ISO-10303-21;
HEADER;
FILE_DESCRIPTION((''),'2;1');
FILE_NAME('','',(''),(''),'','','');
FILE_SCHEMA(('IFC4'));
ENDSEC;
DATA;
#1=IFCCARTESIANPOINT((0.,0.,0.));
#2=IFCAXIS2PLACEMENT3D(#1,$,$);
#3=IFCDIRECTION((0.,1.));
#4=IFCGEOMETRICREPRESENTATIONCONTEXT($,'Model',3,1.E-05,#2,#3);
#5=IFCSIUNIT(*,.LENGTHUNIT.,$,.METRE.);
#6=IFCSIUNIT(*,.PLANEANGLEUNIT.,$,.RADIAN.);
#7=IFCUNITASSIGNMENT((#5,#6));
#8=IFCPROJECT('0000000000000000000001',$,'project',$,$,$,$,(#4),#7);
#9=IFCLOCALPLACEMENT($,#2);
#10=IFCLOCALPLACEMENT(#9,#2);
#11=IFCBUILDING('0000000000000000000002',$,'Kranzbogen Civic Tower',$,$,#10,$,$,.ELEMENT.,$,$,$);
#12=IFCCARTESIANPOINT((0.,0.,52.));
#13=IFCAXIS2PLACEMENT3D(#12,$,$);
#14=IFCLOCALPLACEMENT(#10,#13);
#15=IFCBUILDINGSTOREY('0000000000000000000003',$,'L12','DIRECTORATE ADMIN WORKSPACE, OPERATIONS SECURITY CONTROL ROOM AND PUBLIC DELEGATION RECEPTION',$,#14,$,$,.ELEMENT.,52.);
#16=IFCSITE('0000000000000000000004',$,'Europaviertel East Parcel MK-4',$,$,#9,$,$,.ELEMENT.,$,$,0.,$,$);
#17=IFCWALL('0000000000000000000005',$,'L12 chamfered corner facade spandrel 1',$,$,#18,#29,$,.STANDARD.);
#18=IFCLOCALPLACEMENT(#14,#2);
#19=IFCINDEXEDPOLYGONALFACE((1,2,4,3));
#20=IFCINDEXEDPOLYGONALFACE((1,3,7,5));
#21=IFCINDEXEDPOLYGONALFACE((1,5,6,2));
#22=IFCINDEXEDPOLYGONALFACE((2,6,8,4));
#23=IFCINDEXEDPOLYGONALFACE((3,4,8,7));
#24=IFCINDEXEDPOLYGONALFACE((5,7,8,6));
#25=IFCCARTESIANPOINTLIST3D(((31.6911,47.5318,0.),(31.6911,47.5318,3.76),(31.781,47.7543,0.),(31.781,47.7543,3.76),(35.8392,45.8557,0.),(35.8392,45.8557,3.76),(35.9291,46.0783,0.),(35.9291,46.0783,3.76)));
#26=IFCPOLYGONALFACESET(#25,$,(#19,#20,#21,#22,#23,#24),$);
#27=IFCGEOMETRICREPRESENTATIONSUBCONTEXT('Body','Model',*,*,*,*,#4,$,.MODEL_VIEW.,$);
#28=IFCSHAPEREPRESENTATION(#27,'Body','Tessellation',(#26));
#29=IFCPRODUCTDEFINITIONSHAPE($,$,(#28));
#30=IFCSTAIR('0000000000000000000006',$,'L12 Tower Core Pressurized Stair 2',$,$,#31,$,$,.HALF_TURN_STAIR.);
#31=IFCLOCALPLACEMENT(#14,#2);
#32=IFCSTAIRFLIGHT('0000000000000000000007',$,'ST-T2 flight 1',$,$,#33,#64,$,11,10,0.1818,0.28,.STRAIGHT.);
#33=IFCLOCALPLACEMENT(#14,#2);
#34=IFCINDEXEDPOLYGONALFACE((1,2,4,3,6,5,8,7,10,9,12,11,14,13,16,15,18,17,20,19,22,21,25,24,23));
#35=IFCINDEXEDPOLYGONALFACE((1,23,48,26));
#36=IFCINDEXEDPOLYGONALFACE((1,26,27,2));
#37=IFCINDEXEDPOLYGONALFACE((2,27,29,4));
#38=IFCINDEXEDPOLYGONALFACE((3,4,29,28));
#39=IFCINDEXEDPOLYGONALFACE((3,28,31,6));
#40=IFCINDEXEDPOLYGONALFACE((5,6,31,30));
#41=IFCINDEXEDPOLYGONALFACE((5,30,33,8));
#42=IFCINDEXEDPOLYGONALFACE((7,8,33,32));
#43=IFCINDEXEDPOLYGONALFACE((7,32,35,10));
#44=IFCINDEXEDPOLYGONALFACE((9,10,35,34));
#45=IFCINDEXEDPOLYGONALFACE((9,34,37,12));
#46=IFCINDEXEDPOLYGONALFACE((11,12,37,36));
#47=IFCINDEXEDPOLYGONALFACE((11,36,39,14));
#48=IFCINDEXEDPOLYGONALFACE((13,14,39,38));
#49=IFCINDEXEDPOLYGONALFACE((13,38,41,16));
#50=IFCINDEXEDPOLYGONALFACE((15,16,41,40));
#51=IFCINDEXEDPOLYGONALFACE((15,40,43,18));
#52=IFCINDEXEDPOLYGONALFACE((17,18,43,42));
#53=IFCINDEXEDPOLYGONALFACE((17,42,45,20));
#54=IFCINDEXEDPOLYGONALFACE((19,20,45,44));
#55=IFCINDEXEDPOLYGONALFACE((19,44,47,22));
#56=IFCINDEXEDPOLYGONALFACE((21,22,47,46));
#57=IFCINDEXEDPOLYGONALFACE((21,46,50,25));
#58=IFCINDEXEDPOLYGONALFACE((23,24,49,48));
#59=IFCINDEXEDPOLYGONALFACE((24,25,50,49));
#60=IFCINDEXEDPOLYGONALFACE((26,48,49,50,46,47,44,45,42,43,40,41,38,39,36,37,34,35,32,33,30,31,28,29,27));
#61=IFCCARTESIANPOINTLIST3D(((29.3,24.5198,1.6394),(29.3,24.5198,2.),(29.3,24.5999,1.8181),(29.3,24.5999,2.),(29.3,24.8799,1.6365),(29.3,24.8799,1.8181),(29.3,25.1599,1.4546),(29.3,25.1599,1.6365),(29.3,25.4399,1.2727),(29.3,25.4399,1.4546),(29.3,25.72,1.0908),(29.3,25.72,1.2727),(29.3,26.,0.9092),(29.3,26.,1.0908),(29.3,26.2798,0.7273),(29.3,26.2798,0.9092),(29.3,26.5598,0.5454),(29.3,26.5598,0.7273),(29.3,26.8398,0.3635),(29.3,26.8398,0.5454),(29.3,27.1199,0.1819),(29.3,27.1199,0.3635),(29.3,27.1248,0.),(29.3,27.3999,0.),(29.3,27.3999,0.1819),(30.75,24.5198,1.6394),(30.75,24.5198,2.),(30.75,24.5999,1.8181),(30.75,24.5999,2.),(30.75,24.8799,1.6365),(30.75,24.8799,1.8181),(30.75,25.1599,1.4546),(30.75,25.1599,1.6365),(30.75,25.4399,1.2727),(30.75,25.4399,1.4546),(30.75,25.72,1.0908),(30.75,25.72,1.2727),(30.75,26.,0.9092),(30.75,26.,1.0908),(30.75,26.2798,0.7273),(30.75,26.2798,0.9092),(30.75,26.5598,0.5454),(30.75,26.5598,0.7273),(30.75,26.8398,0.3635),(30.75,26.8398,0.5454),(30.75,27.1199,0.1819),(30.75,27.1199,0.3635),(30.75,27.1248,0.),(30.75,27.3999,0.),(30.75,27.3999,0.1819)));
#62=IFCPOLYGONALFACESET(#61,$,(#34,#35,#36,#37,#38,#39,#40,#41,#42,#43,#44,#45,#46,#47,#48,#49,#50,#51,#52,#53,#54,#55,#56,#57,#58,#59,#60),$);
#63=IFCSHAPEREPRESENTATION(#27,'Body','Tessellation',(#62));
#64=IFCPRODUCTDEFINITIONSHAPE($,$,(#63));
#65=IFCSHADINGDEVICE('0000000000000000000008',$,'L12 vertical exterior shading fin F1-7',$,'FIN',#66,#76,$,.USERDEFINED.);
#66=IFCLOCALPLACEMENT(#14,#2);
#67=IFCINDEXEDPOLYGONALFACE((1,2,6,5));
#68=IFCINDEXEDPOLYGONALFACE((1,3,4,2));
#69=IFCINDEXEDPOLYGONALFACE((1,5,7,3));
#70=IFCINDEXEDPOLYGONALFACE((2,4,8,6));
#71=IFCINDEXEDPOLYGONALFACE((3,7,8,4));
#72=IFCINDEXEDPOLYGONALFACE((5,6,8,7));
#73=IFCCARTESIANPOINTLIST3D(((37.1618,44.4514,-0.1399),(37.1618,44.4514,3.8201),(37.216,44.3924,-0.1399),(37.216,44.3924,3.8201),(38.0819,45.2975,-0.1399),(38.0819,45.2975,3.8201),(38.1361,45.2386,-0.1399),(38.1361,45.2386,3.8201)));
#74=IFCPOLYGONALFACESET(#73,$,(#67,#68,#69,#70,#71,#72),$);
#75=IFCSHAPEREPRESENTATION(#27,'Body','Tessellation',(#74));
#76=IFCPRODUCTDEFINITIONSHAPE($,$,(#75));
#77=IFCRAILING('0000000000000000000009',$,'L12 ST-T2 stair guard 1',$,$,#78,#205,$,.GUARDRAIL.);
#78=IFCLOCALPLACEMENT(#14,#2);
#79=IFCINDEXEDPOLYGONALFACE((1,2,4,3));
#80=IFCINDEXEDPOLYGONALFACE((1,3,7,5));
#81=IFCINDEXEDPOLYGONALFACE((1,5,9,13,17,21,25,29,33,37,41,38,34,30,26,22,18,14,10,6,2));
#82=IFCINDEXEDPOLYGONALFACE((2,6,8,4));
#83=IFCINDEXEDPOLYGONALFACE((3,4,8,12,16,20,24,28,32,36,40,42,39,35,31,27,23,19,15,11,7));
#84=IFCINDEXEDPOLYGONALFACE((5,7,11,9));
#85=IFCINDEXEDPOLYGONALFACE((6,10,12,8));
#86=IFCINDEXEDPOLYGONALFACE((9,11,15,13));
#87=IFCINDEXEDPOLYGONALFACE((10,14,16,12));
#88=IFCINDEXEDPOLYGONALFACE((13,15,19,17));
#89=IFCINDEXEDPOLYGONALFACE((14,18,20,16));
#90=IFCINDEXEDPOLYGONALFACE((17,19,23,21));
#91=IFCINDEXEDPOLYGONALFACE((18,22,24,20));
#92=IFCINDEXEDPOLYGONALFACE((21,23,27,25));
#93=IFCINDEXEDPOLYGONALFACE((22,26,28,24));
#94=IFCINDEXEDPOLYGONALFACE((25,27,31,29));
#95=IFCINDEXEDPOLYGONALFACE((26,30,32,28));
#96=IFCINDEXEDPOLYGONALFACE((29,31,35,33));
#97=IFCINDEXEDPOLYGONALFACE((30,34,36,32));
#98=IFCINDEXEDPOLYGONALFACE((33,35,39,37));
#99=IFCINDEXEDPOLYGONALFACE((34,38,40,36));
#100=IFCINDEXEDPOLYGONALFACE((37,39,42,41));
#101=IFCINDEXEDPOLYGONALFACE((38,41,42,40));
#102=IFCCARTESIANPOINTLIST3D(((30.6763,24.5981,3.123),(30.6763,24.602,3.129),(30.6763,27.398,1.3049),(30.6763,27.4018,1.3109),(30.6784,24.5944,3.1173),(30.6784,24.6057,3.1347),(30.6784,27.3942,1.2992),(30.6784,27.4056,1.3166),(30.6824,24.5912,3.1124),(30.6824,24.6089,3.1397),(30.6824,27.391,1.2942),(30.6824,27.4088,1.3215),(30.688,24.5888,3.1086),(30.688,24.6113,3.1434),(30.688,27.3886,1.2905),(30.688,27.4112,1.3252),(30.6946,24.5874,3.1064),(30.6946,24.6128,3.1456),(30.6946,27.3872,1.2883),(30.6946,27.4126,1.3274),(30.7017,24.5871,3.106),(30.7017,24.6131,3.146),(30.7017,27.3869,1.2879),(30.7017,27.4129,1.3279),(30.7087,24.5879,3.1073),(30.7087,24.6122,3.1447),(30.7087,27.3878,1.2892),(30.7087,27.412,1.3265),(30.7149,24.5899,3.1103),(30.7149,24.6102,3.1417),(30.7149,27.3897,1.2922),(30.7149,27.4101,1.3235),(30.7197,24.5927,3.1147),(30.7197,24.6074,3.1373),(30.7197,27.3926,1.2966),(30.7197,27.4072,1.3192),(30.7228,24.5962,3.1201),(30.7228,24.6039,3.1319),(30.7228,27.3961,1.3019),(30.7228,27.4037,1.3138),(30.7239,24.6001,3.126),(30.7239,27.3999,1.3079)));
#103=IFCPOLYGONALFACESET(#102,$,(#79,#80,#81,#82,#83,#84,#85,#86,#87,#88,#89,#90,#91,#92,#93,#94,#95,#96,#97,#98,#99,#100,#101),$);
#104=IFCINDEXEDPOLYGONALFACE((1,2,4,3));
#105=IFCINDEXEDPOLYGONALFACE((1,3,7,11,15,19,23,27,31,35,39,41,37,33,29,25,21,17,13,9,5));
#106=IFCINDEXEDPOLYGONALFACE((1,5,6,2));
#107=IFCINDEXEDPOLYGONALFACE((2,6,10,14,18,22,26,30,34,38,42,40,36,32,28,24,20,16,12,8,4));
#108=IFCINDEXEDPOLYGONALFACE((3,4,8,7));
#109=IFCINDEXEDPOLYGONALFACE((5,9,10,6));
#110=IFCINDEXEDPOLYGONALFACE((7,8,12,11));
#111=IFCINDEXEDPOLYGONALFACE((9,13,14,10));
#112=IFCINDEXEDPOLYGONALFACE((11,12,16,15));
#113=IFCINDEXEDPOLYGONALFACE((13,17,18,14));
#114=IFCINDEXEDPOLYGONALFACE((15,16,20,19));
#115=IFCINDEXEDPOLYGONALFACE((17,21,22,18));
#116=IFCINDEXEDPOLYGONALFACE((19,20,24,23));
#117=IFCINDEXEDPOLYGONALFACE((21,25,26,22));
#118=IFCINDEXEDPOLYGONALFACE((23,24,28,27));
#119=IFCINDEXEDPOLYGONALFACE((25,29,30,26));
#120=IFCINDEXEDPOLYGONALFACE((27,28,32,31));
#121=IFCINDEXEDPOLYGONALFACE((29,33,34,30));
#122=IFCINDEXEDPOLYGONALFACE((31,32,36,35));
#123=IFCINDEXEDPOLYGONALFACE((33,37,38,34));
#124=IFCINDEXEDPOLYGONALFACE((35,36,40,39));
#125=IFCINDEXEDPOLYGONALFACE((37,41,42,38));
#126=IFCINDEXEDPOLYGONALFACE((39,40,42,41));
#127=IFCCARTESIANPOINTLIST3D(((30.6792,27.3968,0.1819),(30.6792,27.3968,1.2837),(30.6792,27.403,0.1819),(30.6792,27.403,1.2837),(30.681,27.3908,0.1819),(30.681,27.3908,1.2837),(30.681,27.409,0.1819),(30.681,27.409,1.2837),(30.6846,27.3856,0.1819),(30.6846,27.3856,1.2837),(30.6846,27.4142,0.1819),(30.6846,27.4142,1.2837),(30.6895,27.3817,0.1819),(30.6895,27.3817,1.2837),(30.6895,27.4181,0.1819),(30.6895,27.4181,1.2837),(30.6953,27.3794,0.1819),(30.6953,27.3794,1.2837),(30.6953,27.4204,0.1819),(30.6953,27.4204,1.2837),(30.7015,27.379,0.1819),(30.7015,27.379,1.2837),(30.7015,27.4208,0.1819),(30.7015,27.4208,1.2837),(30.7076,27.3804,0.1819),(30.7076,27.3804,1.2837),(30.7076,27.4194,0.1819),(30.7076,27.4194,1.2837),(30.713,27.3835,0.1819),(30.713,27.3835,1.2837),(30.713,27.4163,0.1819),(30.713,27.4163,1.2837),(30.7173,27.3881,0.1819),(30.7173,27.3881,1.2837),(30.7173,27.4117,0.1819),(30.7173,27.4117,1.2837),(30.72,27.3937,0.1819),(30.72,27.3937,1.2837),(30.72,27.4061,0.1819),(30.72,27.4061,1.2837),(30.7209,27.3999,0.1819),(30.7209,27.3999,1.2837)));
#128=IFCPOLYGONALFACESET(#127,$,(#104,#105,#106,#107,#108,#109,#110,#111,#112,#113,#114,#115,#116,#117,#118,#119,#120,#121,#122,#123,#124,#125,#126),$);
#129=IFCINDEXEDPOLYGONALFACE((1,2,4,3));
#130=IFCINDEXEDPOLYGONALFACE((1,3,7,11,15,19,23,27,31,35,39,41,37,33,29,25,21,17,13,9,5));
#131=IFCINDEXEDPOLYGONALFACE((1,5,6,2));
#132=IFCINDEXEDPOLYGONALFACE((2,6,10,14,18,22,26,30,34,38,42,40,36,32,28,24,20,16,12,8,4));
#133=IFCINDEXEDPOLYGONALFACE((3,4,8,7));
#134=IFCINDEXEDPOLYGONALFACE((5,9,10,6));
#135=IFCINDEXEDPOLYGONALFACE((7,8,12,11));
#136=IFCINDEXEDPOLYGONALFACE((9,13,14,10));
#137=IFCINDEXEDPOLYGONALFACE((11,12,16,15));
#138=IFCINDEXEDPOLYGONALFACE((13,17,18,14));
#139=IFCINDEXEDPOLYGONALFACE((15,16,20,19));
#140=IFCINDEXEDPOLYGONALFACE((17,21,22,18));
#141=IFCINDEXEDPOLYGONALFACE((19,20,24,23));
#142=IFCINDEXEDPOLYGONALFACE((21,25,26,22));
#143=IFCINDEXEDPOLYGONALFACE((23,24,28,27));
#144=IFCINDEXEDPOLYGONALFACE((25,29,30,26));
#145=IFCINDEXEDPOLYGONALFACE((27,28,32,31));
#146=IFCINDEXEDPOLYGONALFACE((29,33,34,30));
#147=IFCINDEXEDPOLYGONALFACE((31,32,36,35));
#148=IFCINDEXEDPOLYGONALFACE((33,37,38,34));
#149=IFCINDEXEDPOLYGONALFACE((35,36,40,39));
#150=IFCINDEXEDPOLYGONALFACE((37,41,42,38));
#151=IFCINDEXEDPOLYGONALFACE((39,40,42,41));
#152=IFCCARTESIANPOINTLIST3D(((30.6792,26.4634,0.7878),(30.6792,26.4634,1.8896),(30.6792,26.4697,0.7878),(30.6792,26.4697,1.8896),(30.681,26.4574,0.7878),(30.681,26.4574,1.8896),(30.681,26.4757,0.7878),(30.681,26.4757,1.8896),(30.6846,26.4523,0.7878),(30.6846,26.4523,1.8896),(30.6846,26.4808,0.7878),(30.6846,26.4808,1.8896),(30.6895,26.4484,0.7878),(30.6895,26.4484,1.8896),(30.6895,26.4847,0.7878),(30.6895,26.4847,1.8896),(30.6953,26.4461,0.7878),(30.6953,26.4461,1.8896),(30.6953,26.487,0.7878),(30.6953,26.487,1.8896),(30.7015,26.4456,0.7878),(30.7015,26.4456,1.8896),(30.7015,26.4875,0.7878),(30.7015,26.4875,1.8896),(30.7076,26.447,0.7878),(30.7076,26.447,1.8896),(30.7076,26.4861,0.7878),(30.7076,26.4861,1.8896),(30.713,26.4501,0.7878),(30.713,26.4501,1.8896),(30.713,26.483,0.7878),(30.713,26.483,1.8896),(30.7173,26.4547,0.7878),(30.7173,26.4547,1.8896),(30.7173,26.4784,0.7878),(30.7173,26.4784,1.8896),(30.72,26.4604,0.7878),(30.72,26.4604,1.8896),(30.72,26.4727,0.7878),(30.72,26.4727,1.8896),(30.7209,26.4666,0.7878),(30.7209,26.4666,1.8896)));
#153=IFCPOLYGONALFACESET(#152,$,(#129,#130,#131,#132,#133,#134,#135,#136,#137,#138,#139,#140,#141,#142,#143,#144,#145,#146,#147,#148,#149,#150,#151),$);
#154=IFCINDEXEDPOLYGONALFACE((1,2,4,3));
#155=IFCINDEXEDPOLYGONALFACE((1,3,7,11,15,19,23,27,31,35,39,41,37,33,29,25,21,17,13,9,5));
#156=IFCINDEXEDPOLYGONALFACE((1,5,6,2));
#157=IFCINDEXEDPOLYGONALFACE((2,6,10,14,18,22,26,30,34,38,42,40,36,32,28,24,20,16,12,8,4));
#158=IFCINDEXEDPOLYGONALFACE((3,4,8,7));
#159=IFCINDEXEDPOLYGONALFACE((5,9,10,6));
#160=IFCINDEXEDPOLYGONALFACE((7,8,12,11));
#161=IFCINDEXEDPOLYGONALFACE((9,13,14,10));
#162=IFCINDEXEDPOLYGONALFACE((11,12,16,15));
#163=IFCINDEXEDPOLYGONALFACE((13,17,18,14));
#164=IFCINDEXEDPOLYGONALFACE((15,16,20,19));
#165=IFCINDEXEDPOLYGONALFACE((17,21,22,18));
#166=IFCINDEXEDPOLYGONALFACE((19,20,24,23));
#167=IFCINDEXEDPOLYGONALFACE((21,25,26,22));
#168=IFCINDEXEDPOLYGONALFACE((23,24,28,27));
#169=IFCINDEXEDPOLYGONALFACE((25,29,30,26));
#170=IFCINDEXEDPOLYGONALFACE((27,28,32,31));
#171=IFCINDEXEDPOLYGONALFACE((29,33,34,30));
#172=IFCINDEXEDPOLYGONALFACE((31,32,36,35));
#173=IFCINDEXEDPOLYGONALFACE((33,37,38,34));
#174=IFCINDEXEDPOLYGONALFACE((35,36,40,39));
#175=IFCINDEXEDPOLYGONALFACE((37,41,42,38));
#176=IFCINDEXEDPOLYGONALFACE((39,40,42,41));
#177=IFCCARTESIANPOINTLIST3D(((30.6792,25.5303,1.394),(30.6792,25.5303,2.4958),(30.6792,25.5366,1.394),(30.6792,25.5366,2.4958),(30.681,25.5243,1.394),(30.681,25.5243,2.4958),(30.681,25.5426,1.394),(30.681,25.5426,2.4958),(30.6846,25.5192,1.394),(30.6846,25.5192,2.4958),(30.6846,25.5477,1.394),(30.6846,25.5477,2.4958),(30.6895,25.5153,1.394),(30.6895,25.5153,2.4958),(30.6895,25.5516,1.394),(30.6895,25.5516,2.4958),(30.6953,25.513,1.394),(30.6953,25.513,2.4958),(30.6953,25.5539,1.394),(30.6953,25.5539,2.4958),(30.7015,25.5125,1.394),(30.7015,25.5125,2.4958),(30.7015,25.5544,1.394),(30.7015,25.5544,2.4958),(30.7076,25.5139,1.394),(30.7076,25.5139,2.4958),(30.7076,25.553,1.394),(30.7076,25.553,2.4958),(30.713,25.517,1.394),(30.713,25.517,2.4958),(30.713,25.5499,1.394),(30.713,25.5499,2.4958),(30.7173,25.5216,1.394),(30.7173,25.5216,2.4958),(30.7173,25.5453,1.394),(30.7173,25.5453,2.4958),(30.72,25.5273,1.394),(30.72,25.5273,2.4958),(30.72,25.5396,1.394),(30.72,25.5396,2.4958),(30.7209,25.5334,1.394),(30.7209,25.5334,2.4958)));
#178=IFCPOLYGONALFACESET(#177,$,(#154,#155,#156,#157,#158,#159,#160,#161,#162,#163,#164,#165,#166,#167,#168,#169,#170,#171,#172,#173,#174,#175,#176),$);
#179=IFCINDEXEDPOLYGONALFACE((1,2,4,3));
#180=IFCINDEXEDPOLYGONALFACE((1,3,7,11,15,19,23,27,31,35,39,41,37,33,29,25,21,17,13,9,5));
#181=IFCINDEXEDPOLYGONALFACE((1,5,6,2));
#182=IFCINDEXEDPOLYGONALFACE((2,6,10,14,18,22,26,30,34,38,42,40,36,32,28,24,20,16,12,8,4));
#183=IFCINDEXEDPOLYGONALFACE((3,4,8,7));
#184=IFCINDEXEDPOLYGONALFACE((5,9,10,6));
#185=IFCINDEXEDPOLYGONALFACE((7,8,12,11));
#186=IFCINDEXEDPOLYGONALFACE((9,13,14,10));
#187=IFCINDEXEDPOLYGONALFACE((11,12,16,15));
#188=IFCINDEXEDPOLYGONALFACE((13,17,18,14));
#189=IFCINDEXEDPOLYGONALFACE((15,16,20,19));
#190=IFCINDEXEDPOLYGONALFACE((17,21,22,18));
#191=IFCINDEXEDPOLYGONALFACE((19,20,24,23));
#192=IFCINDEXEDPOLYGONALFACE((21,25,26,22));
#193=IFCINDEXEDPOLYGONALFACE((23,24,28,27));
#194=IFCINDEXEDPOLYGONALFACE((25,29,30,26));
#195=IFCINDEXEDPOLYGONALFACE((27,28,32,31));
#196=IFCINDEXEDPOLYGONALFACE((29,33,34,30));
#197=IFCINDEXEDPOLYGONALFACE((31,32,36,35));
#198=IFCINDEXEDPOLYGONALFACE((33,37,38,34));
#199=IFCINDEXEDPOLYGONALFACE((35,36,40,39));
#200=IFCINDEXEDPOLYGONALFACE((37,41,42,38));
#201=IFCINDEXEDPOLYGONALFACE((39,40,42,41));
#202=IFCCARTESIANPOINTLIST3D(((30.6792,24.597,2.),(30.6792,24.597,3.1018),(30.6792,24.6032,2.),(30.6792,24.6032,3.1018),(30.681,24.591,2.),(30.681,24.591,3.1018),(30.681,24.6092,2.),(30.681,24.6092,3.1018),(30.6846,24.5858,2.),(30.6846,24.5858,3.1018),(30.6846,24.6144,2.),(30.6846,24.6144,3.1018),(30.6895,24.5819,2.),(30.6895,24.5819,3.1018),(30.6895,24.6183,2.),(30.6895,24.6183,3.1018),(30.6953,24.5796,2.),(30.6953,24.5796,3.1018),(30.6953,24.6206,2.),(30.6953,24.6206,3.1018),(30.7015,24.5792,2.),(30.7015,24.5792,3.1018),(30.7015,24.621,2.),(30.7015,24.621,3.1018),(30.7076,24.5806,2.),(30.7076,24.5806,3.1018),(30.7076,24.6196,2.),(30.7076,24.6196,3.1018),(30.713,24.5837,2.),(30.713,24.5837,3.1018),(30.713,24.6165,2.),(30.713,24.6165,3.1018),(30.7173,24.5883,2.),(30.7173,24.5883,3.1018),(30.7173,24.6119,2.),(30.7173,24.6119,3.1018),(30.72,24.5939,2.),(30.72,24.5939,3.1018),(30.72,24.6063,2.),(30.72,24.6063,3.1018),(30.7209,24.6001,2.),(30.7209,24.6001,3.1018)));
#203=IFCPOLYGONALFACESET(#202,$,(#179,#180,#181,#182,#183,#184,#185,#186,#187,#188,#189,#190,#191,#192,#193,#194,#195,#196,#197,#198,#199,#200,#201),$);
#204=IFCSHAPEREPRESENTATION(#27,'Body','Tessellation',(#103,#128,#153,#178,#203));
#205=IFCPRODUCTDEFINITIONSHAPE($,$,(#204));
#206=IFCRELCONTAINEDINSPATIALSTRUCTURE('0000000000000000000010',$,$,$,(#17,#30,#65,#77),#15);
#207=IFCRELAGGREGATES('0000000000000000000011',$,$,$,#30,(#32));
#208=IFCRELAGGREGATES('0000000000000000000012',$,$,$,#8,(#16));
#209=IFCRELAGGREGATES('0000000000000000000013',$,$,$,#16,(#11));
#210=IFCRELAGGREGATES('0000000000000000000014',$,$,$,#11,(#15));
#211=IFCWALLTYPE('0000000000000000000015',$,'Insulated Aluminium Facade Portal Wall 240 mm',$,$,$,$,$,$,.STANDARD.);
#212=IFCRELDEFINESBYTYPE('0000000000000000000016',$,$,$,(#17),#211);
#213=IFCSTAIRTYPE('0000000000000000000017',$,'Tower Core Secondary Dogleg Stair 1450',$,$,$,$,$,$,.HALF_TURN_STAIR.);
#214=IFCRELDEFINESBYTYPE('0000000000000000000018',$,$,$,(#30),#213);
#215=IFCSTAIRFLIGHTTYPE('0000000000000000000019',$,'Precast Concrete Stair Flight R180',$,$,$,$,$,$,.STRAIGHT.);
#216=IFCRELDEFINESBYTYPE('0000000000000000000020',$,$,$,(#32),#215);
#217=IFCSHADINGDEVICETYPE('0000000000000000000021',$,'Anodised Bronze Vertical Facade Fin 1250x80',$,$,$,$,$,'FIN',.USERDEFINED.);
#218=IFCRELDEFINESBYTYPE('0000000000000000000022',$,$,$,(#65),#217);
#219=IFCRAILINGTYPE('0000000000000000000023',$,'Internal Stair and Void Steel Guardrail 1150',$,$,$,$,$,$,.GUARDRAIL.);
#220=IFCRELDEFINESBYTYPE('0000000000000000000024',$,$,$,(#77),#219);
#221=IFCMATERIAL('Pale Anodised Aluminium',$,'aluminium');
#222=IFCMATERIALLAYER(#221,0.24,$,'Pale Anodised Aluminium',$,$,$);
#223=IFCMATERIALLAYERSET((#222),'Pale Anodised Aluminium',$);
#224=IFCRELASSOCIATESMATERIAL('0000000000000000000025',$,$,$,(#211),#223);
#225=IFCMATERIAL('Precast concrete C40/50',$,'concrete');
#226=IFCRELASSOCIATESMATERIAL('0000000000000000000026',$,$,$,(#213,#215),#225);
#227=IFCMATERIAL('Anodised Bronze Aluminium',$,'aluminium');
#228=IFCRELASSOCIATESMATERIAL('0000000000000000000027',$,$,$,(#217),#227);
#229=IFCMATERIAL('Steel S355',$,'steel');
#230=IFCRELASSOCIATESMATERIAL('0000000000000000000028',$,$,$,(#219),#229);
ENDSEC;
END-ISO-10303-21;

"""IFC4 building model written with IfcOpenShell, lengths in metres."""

from ifc_helpers import new_model, si_unit, direction, frame, frame_2d, origin, origin_2d, place, context, subcontext, project, spatial, polyline, rectangle, circle, outline, extrude, material, layer, layer_set, type_object, element, aggregate, save


model = new_model("IFC4")

# Units and contexts
model_context = context("Model", 3, precision=1e-05, world=origin(), true_north=direction((0.0, 1.0)))
body_context = subcontext(model_context, "Body", "Model", "MODEL_VIEW")
ifc_project = project(units=[si_unit("LENGTHUNIT", "METRE"), si_unit("PLANEANGLEUNIT", "RADIAN")], contexts=[model_context])

# Site, building, storey
site_placement = place(None, origin())
site = spatial("IfcSite", under=ifc_project, at=site_placement, Name="Europaviertel East Parcel MK-4", CompositionType="ELEMENT", RefElevation=0.0)
building_placement = place(site_placement, origin())
building = spatial("IfcBuilding", under=site, at=building_placement, Name="Kranzbogen Civic Tower", CompositionType="ELEMENT")
storey_placement = place(building_placement, frame((0.0, 0.0, 52.0)))
storey = spatial("IfcBuildingStorey", under=building, at=storey_placement, Name="L12", Description="DIRECTORATE ADMIN WORKSPACE, OPERATIONS SECURITY CONTROL ROOM AND PUBLIC DELEGATION RECEPTION", CompositionType="ELEMENT", Elevation=52.0)

# Shared definitions
ifc_material_1 = material(Name="Pale Anodised Aluminium", Category="aluminium")

# Shared definitions
ifc_material_2 = material(Name="Steel S355", Category="steel")

# Wall
ifc_layer_1 = layer(ifc_material_1, 0.24, Name="Pale Anodised Aluminium")
ifc_layer_set_1 = layer_set([ifc_layer_1], Name="Pale Anodised Aluminium")
wall_type_1 = type_object("IfcWallType", Name="Insulated Aluminium Facade Portal Wall 240 mm", PredefinedType="STANDARD", material=ifc_layer_set_1)
wall_1_placement = place(storey_placement, frame((35.884, 45.967, 0.0), z_axis=(0.0, 0.0, 1.0), x_axis=(-0.927173, 0.374634, 0.0)))
element("IfcWall", 1, at=wall_1_placement, inside=storey, type_object=wall_type_1, Name="L12 chamfered corner facade spandrel 1", PredefinedType="STANDARD", context=body_context, shape_type="SweptSolid", body=[
    extrude(rectangle(XDim=4.4739, YDim=0.24, at=frame_2d((2.2368, 0.0))), origin(), (0.0, 0.0, 1.0), 3.76),
])

# Stair, stair flight
ifc_material_3 = material(Name="Precast concrete C40/50", Category="concrete")
stair_type = type_object("IfcStairType", Name="Tower Core Secondary Dogleg Stair 1450", PredefinedType="HALF_TURN_STAIR", material=ifc_material_3)
stair_placement = place(storey_placement, origin())
stair = element("IfcStair", 2, at=stair_placement, inside=storey, type_object=stair_type, Name="L12 Tower Core Pressurized Stair 2", PredefinedType="HALF_TURN_STAIR")
stair_flight_type = type_object("IfcStairFlightType", Name="Precast Concrete Stair Flight R180", PredefinedType="STRAIGHT", material=ifc_material_3)
stair_flight_placement = place(storey_placement, frame((30.0249, 27.3999, 0.0), z_axis=(0.0, 0.0, 1.0), x_axis=(0.0, -1.0, 0.0)))
stair_flight = element("IfcStairFlight", 3, at=stair_flight_placement, type_object=stair_flight_type, Name="ST-T2 flight 1", NumberOfRisers=11, NumberOfTreads=10, PredefinedType="STRAIGHT", RiserHeight=0.1818, TreadLength=0.28, context=body_context, shape_type="SweptSolid", body=[
    extrude(outline(polyline([(0.0, 0.0), (0.0, 0.1819), (0.28, 0.1819), (0.28, 0.3635), (0.5601, 0.3635), (0.5601, 0.5454), (0.8401, 0.5454), (0.8401, 0.7273), (1.1201, 0.7273), (1.1201, 0.9092), (1.3999, 0.9092), (1.3999, 1.0908), (1.6799, 1.0908), (1.6799, 1.2727), (1.96, 1.2727), (1.96, 1.4546), (2.24, 1.4546), (2.24, 1.6365), (2.52, 1.6365), (2.52, 1.8181), (2.8, 1.8181), (2.8, 2.0), (2.8801, 2.0), (2.8801, 1.6394), (0.2751, 0.0), (0.0, 0.0)])), frame((0.0, 0.7251, 0.0), z_axis=(0.0, -1.0, 0.0), x_axis=(1.0, 0.0, 0.0)), (0.0, 0.0, 1.0), 1.45),
])
aggregate(stair, [stair_flight])

# Shading device
ifc_material_4 = material(Name="Anodised Bronze Aluminium", Category="aluminium")
shading_device_type = type_object("IfcShadingDeviceType", Name="Anodised Bronze Vertical Facade Fin 1250x80", ElementType="FIN", PredefinedType="USERDEFINED", material=ifc_material_4)
shading_device_placement = place(storey_placement, frame((37.6489, 44.845, -0.1399), z_axis=(0.0, 0.0, 1.0), x_axis=(0.736062, 0.676915, 0.0)))
element("IfcShadingDevice", 4, at=shading_device_placement, inside=storey, type_object=shading_device_type, Name="L12 vertical exterior shading fin F1-7", ObjectType="FIN", PredefinedType="USERDEFINED", context=body_context, shape_type="SweptSolid", body=[
    extrude(rectangle(XDim=1.25, YDim=0.0801, at=origin_2d()), origin(), (0.0, 0.0, 1.0), 3.96),
])

# Railing
railing_type_1 = type_object("IfcRailingType", Name="Internal Stair and Void Steel Guardrail 1150", PredefinedType="GUARDRAIL", material=ifc_material_2)
railing_1_placement = place(storey_placement, frame((30.7, 27.3999, 0.1819)))
element("IfcRailing", 5, at=railing_1_placement, inside=storey, type_object=railing_type_1, Name="L12 ST-T2 stair guard 1", PredefinedType="GUARDRAIL", context=body_context, shape_type="SweptSolid", body=[
    extrude(circle(Radius=0.0239, at=origin_2d()), frame((0.0, 0.0, 1.126), z_axis=(0.0, -0.838684, 0.544618), x_axis=(1.0, 0.0, 0.0)), (0.0, 0.0, 1.0), 3.3384),
    extrude(circle(Radius=0.021, at=origin_2d()), origin(), (0.0, 0.0, 1.0), 1.1018),
    extrude(circle(Radius=0.021, at=origin_2d()), frame((0.0, -0.9333, 0.606)), (0.0, 0.0, 1.0), 1.1018),
    extrude(circle(Radius=0.021, at=origin_2d()), frame((0.0, -1.8665, 1.2122)), (0.0, 0.0, 1.0), 1.1018),
    extrude(circle(Radius=0.021, at=origin_2d()), frame((0.0, -2.7998, 1.8181)), (0.0, 0.0, 1.0), 1.1018),
])

save(model, "model.ifc")
